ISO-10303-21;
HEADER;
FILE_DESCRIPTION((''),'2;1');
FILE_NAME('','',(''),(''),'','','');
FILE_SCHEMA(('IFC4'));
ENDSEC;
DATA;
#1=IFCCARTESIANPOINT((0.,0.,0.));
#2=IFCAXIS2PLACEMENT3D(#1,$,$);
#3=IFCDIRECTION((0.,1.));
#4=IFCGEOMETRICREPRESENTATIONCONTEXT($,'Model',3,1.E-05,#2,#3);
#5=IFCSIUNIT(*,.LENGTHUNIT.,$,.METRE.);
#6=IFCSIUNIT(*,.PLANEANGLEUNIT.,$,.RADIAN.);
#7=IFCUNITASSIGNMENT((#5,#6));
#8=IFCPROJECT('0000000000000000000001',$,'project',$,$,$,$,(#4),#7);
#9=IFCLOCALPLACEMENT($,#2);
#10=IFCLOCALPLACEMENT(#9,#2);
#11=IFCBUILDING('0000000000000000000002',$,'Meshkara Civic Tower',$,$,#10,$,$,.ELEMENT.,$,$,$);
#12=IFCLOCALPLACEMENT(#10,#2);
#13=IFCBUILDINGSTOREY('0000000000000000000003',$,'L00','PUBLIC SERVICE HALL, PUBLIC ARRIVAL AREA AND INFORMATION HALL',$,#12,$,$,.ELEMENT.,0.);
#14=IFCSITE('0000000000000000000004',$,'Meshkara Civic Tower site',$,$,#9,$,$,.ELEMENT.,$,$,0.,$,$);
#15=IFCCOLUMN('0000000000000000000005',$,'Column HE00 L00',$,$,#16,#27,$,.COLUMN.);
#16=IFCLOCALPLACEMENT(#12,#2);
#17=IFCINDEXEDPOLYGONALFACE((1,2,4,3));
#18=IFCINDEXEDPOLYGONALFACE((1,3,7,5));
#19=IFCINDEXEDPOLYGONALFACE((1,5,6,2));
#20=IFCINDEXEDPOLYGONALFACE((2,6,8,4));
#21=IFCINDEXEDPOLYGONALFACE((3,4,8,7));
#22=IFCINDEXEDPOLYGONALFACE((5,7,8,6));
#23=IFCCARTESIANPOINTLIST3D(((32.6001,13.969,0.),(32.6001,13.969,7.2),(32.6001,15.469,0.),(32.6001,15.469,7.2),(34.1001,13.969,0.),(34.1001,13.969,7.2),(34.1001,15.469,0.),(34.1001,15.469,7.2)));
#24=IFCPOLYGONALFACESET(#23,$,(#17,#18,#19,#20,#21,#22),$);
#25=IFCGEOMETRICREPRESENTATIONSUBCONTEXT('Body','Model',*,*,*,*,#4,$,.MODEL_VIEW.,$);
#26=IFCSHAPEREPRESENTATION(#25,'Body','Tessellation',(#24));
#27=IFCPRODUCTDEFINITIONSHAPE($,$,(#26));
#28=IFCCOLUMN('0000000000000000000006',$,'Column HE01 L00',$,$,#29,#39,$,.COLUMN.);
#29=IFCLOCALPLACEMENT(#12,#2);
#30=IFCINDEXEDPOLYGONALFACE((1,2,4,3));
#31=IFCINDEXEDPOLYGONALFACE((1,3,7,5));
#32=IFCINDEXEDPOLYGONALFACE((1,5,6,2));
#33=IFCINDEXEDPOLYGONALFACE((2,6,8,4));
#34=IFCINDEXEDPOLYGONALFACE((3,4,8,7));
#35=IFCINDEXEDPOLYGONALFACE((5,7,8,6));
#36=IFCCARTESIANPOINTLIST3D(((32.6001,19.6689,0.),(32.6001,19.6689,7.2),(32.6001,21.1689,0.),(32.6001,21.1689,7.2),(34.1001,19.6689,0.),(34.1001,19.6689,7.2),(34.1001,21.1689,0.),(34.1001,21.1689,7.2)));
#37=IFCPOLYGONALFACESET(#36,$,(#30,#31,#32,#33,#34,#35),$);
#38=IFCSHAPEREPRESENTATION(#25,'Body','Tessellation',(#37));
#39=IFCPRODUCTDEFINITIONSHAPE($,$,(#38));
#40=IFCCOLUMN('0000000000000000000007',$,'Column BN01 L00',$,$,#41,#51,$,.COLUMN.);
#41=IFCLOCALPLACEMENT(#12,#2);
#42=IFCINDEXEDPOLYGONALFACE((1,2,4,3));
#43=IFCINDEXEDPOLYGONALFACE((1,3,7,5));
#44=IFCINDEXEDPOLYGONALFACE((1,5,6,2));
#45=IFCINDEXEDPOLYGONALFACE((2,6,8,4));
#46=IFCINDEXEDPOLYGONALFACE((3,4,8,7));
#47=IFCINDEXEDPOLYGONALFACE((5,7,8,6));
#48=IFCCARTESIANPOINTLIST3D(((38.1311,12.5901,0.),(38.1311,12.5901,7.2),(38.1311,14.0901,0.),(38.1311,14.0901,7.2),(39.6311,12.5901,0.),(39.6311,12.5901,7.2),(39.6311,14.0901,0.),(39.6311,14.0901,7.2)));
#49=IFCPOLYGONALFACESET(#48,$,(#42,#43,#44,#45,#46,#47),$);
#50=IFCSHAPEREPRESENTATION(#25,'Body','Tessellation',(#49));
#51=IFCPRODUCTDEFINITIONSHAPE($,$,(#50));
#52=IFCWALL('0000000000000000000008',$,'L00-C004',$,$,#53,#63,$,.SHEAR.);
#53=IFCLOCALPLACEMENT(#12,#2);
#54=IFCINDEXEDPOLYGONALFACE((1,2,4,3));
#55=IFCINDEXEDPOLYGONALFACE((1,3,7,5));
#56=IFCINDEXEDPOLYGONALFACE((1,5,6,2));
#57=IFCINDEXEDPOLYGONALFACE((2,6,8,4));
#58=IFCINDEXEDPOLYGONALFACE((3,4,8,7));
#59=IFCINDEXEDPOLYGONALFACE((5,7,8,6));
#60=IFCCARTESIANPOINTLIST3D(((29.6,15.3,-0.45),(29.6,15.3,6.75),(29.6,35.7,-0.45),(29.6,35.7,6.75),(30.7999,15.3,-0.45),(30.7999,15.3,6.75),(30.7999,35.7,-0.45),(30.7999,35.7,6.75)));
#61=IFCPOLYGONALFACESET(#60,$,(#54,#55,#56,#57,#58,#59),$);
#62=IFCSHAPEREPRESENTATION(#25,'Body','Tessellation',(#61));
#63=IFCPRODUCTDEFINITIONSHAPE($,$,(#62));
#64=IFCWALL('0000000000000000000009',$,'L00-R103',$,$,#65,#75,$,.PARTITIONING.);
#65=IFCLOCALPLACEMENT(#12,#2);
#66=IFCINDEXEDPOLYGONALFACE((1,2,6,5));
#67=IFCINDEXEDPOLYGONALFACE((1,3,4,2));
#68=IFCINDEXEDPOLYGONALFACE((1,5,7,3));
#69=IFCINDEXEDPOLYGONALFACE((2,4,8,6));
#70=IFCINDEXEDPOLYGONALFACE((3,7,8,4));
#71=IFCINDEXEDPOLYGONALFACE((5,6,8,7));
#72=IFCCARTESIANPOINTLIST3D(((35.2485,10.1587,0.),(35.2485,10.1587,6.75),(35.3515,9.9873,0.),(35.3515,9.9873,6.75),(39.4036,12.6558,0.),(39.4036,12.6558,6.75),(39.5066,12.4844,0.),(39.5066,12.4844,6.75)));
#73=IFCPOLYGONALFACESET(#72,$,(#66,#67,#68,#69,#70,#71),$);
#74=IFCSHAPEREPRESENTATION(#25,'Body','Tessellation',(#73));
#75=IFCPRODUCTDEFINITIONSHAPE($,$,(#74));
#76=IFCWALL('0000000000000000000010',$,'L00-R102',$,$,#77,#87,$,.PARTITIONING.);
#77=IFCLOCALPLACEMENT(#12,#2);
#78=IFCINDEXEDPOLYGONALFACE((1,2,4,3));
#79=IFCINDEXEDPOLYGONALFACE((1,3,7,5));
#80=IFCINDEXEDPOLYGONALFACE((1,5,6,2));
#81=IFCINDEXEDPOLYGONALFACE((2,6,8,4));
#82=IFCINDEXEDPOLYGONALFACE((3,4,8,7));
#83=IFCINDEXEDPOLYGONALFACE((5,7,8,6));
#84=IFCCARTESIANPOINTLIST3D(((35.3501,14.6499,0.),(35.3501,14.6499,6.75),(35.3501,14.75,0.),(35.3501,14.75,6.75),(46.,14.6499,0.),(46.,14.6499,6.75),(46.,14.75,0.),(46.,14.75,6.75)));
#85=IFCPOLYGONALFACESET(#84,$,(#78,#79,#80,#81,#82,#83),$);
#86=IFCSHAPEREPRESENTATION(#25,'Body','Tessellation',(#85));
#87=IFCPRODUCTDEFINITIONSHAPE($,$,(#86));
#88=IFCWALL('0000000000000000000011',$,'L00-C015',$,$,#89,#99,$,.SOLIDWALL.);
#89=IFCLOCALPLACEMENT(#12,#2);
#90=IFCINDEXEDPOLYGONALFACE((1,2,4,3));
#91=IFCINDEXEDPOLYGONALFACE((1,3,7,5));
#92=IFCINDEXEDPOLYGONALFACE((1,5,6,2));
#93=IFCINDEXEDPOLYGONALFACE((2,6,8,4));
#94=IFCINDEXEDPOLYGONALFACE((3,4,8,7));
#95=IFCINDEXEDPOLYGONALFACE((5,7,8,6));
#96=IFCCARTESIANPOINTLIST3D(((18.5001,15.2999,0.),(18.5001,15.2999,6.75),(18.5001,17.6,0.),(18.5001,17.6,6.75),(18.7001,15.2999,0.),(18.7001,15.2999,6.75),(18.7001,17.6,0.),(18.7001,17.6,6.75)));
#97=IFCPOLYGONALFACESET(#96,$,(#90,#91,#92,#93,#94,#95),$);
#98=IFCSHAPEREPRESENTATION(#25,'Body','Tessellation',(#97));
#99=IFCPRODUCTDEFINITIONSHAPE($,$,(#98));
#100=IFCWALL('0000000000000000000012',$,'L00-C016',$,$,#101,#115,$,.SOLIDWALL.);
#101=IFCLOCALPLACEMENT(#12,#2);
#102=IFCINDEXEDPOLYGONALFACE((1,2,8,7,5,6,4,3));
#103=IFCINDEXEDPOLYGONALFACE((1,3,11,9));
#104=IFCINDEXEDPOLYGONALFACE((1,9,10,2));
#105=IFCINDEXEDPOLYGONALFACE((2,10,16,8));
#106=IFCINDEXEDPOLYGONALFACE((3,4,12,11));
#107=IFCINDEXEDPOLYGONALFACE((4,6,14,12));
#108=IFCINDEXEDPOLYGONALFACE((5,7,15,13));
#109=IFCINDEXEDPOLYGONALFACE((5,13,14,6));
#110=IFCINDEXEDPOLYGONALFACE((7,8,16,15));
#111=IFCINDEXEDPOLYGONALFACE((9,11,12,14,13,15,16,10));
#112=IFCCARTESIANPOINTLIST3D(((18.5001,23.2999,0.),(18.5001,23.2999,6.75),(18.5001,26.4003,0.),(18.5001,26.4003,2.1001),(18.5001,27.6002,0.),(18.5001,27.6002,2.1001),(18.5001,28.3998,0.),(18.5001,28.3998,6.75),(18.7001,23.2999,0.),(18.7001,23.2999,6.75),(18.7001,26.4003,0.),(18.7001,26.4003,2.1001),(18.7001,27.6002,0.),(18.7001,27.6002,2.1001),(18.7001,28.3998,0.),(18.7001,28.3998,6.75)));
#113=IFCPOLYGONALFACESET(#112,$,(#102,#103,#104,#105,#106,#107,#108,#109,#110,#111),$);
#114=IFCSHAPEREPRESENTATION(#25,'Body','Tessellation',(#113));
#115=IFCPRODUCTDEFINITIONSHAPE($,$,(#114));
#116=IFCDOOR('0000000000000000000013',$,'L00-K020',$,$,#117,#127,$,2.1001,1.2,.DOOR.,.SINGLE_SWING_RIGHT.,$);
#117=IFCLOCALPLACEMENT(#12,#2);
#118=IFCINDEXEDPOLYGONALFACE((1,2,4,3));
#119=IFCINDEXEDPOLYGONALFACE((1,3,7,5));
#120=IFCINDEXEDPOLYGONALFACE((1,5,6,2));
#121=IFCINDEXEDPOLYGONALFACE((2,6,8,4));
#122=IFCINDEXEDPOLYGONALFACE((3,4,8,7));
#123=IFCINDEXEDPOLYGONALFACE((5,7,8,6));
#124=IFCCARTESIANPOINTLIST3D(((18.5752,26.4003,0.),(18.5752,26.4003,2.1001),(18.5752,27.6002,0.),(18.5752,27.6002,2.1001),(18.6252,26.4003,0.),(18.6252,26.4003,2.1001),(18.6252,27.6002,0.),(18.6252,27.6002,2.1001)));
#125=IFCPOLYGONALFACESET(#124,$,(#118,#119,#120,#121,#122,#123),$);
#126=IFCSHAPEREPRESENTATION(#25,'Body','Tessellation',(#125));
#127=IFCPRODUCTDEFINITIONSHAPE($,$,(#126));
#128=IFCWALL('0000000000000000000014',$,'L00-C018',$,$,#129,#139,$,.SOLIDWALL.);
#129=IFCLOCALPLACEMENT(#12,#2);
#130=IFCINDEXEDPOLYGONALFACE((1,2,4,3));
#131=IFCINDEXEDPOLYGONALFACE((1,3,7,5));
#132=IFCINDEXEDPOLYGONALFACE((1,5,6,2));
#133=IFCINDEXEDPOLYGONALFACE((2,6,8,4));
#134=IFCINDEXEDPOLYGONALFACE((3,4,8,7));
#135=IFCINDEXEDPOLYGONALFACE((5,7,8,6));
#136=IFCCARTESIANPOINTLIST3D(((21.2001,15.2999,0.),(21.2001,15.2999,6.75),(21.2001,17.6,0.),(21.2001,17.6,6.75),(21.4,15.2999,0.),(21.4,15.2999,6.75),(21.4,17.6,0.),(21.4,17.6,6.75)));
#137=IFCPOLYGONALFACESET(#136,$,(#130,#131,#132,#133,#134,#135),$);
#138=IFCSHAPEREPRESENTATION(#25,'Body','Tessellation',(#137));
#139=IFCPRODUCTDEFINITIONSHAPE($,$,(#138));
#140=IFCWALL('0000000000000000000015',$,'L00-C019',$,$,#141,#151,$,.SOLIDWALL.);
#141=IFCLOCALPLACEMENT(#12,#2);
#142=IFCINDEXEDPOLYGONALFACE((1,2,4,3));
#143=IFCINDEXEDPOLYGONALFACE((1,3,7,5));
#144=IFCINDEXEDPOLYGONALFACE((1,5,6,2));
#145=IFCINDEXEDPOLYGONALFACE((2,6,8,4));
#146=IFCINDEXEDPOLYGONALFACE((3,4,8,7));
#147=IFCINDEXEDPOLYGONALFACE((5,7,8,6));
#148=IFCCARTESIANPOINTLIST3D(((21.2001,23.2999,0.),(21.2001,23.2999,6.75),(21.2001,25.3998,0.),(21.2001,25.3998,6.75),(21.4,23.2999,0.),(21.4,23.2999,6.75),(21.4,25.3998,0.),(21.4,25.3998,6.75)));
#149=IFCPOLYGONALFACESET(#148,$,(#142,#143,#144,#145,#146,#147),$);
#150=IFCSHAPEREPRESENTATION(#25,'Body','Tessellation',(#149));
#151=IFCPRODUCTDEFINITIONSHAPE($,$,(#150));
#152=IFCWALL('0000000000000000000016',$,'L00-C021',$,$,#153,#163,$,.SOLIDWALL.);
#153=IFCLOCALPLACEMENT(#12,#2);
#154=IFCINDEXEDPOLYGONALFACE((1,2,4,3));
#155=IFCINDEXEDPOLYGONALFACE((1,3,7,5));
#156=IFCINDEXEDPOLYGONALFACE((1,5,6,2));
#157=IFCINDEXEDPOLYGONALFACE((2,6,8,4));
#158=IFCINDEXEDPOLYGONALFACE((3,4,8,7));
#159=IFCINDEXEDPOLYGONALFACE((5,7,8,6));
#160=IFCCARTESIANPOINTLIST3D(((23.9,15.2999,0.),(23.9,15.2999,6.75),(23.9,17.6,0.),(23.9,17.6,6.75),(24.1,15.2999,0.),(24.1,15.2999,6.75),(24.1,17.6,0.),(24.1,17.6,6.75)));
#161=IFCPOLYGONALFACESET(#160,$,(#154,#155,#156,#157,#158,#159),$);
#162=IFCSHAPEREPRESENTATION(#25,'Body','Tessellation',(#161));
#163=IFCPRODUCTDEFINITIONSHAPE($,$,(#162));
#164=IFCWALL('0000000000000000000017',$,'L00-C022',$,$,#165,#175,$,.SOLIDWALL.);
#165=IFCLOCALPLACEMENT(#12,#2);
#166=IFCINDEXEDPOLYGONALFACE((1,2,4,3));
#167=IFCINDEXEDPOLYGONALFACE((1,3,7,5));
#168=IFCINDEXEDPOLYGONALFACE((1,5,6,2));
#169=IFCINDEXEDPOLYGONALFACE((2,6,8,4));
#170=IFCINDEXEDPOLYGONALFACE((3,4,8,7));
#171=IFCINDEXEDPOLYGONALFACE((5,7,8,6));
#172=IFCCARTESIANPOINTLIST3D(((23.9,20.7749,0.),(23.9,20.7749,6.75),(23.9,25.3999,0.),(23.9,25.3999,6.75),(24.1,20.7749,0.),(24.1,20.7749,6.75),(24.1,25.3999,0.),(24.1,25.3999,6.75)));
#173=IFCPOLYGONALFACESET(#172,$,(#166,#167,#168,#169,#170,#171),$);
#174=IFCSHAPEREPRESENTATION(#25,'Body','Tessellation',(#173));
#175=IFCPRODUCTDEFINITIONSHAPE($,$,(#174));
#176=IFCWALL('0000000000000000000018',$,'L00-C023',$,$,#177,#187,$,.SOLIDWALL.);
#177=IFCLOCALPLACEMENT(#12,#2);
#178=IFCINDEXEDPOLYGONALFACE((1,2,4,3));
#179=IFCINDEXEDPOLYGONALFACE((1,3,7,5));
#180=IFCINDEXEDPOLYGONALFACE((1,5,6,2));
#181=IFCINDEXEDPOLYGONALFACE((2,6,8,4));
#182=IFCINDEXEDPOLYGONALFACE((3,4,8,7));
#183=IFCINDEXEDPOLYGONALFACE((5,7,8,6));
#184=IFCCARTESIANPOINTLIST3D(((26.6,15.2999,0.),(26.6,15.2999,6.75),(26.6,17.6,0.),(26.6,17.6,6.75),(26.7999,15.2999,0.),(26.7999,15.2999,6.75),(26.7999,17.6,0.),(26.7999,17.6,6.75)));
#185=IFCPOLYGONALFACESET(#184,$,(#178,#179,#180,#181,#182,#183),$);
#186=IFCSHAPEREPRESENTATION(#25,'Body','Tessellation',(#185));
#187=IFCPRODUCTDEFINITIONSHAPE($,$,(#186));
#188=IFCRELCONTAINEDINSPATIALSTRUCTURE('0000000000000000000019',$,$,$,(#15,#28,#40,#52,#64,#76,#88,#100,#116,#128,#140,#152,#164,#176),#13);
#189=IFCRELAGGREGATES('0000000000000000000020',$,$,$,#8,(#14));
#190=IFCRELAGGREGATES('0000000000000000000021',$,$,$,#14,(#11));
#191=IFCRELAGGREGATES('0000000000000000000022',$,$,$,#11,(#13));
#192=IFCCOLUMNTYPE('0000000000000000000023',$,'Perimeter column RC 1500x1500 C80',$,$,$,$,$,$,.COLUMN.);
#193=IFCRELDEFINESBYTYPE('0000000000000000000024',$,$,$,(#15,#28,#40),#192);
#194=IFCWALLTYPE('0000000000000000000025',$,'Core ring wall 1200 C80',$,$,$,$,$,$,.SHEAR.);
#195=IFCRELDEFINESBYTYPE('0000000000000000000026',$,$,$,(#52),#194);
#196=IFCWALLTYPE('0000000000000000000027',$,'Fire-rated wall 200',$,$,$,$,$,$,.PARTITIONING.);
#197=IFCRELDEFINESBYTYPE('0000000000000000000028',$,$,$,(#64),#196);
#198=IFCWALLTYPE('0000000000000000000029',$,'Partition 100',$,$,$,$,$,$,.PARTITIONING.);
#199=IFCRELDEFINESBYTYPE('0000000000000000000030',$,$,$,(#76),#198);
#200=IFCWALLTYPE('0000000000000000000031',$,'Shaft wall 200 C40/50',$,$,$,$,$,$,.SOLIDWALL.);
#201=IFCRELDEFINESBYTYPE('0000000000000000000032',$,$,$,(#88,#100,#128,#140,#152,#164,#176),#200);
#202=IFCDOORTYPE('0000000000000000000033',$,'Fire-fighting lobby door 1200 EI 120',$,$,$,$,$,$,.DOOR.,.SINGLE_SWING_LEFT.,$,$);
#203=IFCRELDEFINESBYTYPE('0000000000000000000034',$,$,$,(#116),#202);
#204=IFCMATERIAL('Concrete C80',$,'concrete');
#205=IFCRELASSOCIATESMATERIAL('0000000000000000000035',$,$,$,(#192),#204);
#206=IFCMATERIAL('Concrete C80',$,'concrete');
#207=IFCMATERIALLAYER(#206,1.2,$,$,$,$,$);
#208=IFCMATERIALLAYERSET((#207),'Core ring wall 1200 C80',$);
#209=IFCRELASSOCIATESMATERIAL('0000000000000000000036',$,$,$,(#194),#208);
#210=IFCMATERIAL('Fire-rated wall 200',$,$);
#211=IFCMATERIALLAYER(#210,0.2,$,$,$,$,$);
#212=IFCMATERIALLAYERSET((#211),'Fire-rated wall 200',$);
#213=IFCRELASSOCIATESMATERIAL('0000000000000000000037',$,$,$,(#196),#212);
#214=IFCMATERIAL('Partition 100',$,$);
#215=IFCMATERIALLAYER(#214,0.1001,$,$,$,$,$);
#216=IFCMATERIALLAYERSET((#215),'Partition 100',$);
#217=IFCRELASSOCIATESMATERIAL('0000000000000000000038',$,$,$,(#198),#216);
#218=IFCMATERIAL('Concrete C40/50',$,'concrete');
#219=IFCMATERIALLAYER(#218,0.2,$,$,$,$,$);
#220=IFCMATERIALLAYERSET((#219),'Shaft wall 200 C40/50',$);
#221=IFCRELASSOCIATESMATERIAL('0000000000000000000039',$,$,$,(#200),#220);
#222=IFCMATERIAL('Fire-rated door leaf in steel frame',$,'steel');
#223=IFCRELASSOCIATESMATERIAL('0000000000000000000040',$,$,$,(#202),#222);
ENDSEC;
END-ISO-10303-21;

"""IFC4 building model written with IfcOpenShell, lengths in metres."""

from ifc_helpers import new_model, si_unit, direction, frame, frame_2d, origin, origin_2d, place, context, subcontext, project, spatial, rectangle, extrude, material, layer, layer_set, material_profile, profile_set, type_object, element, fill, save


model = new_model("IFC4")

# Units and contexts
model_context = context("Model", 3, precision=1e-05, world=origin(), true_north=direction((0.0, 1.0)))
body_context = subcontext(model_context, "Body", "Model", "MODEL_VIEW")
ifc_project = project(units=[si_unit("LENGTHUNIT", "METRE"), si_unit("PLANEANGLEUNIT", "RADIAN")], contexts=[model_context])

# Site, building, storey
site_placement = place(None, origin())
site = spatial("IfcSite", under=ifc_project, at=site_placement, Name="Meshkara Civic Tower site", CompositionType="ELEMENT", RefElevation=0.0)
building_placement = place(site_placement, origin())
building = spatial("IfcBuilding", under=site, at=building_placement, Name="Meshkara Civic Tower", CompositionType="ELEMENT")
storey_placement = place(building_placement, origin())
storey = spatial("IfcBuildingStorey", under=building, at=storey_placement, Name="L00", Description="PUBLIC SERVICE HALL, PUBLIC ARRIVAL AREA AND INFORMATION HALL", CompositionType="ELEMENT", Elevation=0.0)

# Columns
ifc_material_1 = material(Name="Concrete C80", Category="concrete")
ifc_material_profile = material_profile(ifc_material_1, rectangle(XDim=1.5, YDim=1.5, at=origin_2d()))
ifc_profile_set = profile_set([ifc_material_profile], Name="Concrete C80")
column_type = type_object("IfcColumnType", Name="Perimeter column RC 1500x1500 C80", PredefinedType="COLUMN", material=ifc_profile_set)
for number, where, z_axis, x_axis, name in (
    (1, (33.3501, 14.719, 0.0), (0.0, 0.0, 1.0), (1.0, 0.0, 0.0), "Column HE00 L00"),
    (2, (33.3501, 20.4189, 0.0), (0.0, 0.0, 1.0), (1.0, 0.0, 0.0), "Column HE01 L00"),
    (3, (38.8811, 13.3401, 0.0), (0.0, 0.0, 1.0), (1.0, 0.0, 0.0), "Column BN01 L00"),
):
    element("IfcColumn", number, at=place(storey_placement, frame(where, z_axis=z_axis, x_axis=x_axis)), inside=storey, type_object=column_type, Name=name, PredefinedType="COLUMN", context=body_context, shape_type="SweptSolid", body=[
        extrude(rectangle(XDim=1.5, YDim=1.5, at=origin_2d()), origin(), (0.0, 0.0, 1.0), 7.2),
    ])

# Walls
ifc_material_2 = material(Name="Concrete C80", Category="concrete")
ifc_layer_1 = layer(ifc_material_2, 1.2)
ifc_layer_set_1 = layer_set([ifc_layer_1], Name="Core ring wall 1200 C80")
wall_type_1 = type_object("IfcWallType", Name="Core ring wall 1200 C80", PredefinedType="SHEAR", material=ifc_layer_set_1)
wall_1_placement = place(storey_placement, frame((30.2, 15.3, -0.45), z_axis=(0.0, 0.0, 1.0), x_axis=(0.0, 1.0, 0.0)))
element("IfcWall", 4, at=wall_1_placement, inside=storey, type_object=wall_type_1, Name="L00-C004", PredefinedType="SHEAR", context=body_context, shape_type="SweptSolid", body=[
    extrude(rectangle(XDim=20.3999, YDim=1.2, at=frame_2d((10.2, 0.0))), origin(), (0.0, 0.0, 1.0), 7.2),
])
ifc_material_3 = material(Name="Fire-rated wall 200")
ifc_layer_2 = layer(ifc_material_3, 0.2)
ifc_layer_set_2 = layer_set([ifc_layer_2], Name="Fire-rated wall 200")
wall_type_2 = type_object("IfcWallType", Name="Fire-rated wall 200", PredefinedType="PARTITIONING", material=ifc_layer_set_2)
wall_2_placement = place(storey_placement, frame((39.4551, 12.5701, 0.0), z_axis=(0.0, 0.0, 1.0), x_axis=(-0.857124, -0.51511, 0.0)))
element("IfcWall", 5, at=wall_2_placement, inside=storey, type_object=wall_type_2, Name="L00-R103", PredefinedType="PARTITIONING", context=body_context, shape_type="SweptSolid", body=[
    extrude(rectangle(XDim=4.8477, YDim=0.2, at=frame_2d((2.4238, 0.0))), origin(), (0.0, 0.0, 1.0), 6.75),
])
ifc_material_4 = material(Name="Partition 100")
ifc_layer_3 = layer(ifc_material_4, 0.1001)
ifc_layer_set_3 = layer_set([ifc_layer_3], Name="Partition 100")
wall_type_3 = type_object("IfcWallType", Name="Partition 100", PredefinedType="PARTITIONING", material=ifc_layer_set_3)
wall_3_placement = place(storey_placement, frame((35.3501, 14.7, 0.0), z_axis=(0.0, 0.0, 1.0), x_axis=(1.0, 0.0, 0.0)))
element("IfcWall", 6, at=wall_3_placement, inside=storey, type_object=wall_type_3, Name="L00-R102", PredefinedType="PARTITIONING", context=body_context, shape_type="SweptSolid", body=[
    extrude(rectangle(XDim=10.6499, YDim=0.1001, at=frame_2d((5.325, 0.0))), origin(), (0.0, 0.0, 1.0), 6.75),
])
ifc_material_5 = material(Name="Concrete C40/50", Category="concrete")
ifc_layer_4 = layer(ifc_material_5, 0.2)
ifc_layer_set_4 = layer_set([ifc_layer_4], Name="Shaft wall 200 C40/50")
wall_type_4 = type_object("IfcWallType", Name="Shaft wall 200 C40/50", PredefinedType="SOLIDWALL", material=ifc_layer_set_4)
wall_4_placement = place(storey_placement, frame((18.6001, 15.3, 0.0), z_axis=(0.0, 0.0, 1.0), x_axis=(0.0, 1.0, 0.0)))
element("IfcWall", 7, at=wall_4_placement, inside=storey, type_object=wall_type_4, Name="L00-C015", PredefinedType="SOLIDWALL", context=body_context, shape_type="SweptSolid", body=[
    extrude(rectangle(XDim=2.3, YDim=0.2, at=frame_2d((1.1499, 0.0))), origin(), (0.0, 0.0, 1.0), 6.75),
])

# Wall, opening, door
wall_5_placement = place(storey_placement, frame((18.6001, 23.3, 0.0), z_axis=(0.0, 0.0, 1.0), x_axis=(0.0, 1.0, 0.0)))
wall_5 = element("IfcWall", 8, at=wall_5_placement, inside=storey, type_object=wall_type_4, Name="L00-C016", PredefinedType="SOLIDWALL", context=body_context, shape_type="SweptSolid", body=[
    extrude(rectangle(XDim=5.0999, YDim=0.2, at=frame_2d((2.5498, 0.0))), origin(), (0.0, 0.0, 1.0), 6.75),
])
opening_placement = place(wall_5_placement, frame((3.1001, 0.0, 0.0)))
opening = element("IfcOpeningElement", 9, at=opening_placement, cuts=wall_5, PredefinedType="OPENING", context=body_context, shape_type="SweptSolid", body=[
    extrude(rectangle(XDim=1.2, YDim=2.1001, at=frame_2d((0.6001, 1.05))), frame((0.0, 0.1099, 0.0), z_axis=(0.0, -1.0, 0.0), x_axis=(1.0, 0.0, 0.0)), (0.0, 0.0, 1.0), 0.22),
])
ifc_material_6 = material(Name="Fire-rated door leaf in steel frame", Category="steel")
door_type = type_object("IfcDoorType", Name="Fire-fighting lobby door 1200 EI 120", OperationType="SINGLE_SWING_LEFT", PredefinedType="DOOR", material=ifc_material_6)
door_placement = place(opening_placement, origin())
door = element("IfcDoor", 10, at=door_placement, inside=storey, type_object=door_type, Name="L00-K020", OperationType="SINGLE_SWING_RIGHT", OverallHeight=2.1001, OverallWidth=1.2, PredefinedType="DOOR", context=body_context, shape_type="SweptSolid", body=[
    extrude(rectangle(XDim=1.2, YDim=2.1001, at=frame_2d((0.6001, 1.05))), frame((0.0, 0.0249, 0.0), z_axis=(0.0, -1.0, 0.0), x_axis=(1.0, 0.0, 0.0)), (0.0, 0.0, 1.0), 0.05),
])
fill(opening, door)

# Walls
wall_6_placement = place(storey_placement, frame((21.3, 15.3, 0.0), z_axis=(0.0, 0.0, 1.0), x_axis=(0.0, 1.0, 0.0)))
element("IfcWall", 11, at=wall_6_placement, inside=storey, type_object=wall_type_4, Name="L00-C018", PredefinedType="SOLIDWALL", context=body_context, shape_type="SweptSolid", body=[
    extrude(rectangle(XDim=2.3, YDim=0.2, at=frame_2d((1.1499, 0.0))), origin(), (0.0, 0.0, 1.0), 6.75),
])
wall_7_placement = place(storey_placement, frame((21.3, 23.3, 0.0), z_axis=(0.0, 0.0, 1.0), x_axis=(0.0, 1.0, 0.0)))
element("IfcWall", 12, at=wall_7_placement, inside=storey, type_object=wall_type_4, Name="L00-C019", PredefinedType="SOLIDWALL", context=body_context, shape_type="SweptSolid", body=[
    extrude(rectangle(XDim=2.0999, YDim=0.2, at=frame_2d((1.0498, 0.0))), origin(), (0.0, 0.0, 1.0), 6.75),
])
wall_8_placement = place(storey_placement, frame((24.0, 15.3, 0.0), z_axis=(0.0, 0.0, 1.0), x_axis=(0.0, 1.0, 0.0)))
element("IfcWall", 13, at=wall_8_placement, inside=storey, type_object=wall_type_4, Name="L00-C021", PredefinedType="SOLIDWALL", context=body_context, shape_type="SweptSolid", body=[
    extrude(rectangle(XDim=2.3, YDim=0.2, at=frame_2d((1.1499, 0.0))), origin(), (0.0, 0.0, 1.0), 6.75),
])
wall_9_placement = place(storey_placement, frame((24.0, 20.7749, 0.0), z_axis=(0.0, 0.0, 1.0), x_axis=(0.0, 1.0, 0.0)))
element("IfcWall", 14, at=wall_9_placement, inside=storey, type_object=wall_type_4, Name="L00-C022", PredefinedType="SOLIDWALL", context=body_context, shape_type="SweptSolid", body=[
    extrude(rectangle(XDim=4.625, YDim=0.2, at=frame_2d((2.3125, 0.0))), origin(), (0.0, 0.0, 1.0), 6.75),
])
wall_10_placement = place(storey_placement, frame((26.7, 15.3, 0.0), z_axis=(0.0, 0.0, 1.0), x_axis=(0.0, 1.0, 0.0)))
element("IfcWall", 15, at=wall_10_placement, inside=storey, type_object=wall_type_4, Name="L00-C023", PredefinedType="SOLIDWALL", context=body_context, shape_type="SweptSolid", body=[
    extrude(rectangle(XDim=2.3, YDim=0.2, at=frame_2d((1.1499, 0.0))), origin(), (0.0, 0.0, 1.0), 6.75),
])

save(model, "model.ifc")
